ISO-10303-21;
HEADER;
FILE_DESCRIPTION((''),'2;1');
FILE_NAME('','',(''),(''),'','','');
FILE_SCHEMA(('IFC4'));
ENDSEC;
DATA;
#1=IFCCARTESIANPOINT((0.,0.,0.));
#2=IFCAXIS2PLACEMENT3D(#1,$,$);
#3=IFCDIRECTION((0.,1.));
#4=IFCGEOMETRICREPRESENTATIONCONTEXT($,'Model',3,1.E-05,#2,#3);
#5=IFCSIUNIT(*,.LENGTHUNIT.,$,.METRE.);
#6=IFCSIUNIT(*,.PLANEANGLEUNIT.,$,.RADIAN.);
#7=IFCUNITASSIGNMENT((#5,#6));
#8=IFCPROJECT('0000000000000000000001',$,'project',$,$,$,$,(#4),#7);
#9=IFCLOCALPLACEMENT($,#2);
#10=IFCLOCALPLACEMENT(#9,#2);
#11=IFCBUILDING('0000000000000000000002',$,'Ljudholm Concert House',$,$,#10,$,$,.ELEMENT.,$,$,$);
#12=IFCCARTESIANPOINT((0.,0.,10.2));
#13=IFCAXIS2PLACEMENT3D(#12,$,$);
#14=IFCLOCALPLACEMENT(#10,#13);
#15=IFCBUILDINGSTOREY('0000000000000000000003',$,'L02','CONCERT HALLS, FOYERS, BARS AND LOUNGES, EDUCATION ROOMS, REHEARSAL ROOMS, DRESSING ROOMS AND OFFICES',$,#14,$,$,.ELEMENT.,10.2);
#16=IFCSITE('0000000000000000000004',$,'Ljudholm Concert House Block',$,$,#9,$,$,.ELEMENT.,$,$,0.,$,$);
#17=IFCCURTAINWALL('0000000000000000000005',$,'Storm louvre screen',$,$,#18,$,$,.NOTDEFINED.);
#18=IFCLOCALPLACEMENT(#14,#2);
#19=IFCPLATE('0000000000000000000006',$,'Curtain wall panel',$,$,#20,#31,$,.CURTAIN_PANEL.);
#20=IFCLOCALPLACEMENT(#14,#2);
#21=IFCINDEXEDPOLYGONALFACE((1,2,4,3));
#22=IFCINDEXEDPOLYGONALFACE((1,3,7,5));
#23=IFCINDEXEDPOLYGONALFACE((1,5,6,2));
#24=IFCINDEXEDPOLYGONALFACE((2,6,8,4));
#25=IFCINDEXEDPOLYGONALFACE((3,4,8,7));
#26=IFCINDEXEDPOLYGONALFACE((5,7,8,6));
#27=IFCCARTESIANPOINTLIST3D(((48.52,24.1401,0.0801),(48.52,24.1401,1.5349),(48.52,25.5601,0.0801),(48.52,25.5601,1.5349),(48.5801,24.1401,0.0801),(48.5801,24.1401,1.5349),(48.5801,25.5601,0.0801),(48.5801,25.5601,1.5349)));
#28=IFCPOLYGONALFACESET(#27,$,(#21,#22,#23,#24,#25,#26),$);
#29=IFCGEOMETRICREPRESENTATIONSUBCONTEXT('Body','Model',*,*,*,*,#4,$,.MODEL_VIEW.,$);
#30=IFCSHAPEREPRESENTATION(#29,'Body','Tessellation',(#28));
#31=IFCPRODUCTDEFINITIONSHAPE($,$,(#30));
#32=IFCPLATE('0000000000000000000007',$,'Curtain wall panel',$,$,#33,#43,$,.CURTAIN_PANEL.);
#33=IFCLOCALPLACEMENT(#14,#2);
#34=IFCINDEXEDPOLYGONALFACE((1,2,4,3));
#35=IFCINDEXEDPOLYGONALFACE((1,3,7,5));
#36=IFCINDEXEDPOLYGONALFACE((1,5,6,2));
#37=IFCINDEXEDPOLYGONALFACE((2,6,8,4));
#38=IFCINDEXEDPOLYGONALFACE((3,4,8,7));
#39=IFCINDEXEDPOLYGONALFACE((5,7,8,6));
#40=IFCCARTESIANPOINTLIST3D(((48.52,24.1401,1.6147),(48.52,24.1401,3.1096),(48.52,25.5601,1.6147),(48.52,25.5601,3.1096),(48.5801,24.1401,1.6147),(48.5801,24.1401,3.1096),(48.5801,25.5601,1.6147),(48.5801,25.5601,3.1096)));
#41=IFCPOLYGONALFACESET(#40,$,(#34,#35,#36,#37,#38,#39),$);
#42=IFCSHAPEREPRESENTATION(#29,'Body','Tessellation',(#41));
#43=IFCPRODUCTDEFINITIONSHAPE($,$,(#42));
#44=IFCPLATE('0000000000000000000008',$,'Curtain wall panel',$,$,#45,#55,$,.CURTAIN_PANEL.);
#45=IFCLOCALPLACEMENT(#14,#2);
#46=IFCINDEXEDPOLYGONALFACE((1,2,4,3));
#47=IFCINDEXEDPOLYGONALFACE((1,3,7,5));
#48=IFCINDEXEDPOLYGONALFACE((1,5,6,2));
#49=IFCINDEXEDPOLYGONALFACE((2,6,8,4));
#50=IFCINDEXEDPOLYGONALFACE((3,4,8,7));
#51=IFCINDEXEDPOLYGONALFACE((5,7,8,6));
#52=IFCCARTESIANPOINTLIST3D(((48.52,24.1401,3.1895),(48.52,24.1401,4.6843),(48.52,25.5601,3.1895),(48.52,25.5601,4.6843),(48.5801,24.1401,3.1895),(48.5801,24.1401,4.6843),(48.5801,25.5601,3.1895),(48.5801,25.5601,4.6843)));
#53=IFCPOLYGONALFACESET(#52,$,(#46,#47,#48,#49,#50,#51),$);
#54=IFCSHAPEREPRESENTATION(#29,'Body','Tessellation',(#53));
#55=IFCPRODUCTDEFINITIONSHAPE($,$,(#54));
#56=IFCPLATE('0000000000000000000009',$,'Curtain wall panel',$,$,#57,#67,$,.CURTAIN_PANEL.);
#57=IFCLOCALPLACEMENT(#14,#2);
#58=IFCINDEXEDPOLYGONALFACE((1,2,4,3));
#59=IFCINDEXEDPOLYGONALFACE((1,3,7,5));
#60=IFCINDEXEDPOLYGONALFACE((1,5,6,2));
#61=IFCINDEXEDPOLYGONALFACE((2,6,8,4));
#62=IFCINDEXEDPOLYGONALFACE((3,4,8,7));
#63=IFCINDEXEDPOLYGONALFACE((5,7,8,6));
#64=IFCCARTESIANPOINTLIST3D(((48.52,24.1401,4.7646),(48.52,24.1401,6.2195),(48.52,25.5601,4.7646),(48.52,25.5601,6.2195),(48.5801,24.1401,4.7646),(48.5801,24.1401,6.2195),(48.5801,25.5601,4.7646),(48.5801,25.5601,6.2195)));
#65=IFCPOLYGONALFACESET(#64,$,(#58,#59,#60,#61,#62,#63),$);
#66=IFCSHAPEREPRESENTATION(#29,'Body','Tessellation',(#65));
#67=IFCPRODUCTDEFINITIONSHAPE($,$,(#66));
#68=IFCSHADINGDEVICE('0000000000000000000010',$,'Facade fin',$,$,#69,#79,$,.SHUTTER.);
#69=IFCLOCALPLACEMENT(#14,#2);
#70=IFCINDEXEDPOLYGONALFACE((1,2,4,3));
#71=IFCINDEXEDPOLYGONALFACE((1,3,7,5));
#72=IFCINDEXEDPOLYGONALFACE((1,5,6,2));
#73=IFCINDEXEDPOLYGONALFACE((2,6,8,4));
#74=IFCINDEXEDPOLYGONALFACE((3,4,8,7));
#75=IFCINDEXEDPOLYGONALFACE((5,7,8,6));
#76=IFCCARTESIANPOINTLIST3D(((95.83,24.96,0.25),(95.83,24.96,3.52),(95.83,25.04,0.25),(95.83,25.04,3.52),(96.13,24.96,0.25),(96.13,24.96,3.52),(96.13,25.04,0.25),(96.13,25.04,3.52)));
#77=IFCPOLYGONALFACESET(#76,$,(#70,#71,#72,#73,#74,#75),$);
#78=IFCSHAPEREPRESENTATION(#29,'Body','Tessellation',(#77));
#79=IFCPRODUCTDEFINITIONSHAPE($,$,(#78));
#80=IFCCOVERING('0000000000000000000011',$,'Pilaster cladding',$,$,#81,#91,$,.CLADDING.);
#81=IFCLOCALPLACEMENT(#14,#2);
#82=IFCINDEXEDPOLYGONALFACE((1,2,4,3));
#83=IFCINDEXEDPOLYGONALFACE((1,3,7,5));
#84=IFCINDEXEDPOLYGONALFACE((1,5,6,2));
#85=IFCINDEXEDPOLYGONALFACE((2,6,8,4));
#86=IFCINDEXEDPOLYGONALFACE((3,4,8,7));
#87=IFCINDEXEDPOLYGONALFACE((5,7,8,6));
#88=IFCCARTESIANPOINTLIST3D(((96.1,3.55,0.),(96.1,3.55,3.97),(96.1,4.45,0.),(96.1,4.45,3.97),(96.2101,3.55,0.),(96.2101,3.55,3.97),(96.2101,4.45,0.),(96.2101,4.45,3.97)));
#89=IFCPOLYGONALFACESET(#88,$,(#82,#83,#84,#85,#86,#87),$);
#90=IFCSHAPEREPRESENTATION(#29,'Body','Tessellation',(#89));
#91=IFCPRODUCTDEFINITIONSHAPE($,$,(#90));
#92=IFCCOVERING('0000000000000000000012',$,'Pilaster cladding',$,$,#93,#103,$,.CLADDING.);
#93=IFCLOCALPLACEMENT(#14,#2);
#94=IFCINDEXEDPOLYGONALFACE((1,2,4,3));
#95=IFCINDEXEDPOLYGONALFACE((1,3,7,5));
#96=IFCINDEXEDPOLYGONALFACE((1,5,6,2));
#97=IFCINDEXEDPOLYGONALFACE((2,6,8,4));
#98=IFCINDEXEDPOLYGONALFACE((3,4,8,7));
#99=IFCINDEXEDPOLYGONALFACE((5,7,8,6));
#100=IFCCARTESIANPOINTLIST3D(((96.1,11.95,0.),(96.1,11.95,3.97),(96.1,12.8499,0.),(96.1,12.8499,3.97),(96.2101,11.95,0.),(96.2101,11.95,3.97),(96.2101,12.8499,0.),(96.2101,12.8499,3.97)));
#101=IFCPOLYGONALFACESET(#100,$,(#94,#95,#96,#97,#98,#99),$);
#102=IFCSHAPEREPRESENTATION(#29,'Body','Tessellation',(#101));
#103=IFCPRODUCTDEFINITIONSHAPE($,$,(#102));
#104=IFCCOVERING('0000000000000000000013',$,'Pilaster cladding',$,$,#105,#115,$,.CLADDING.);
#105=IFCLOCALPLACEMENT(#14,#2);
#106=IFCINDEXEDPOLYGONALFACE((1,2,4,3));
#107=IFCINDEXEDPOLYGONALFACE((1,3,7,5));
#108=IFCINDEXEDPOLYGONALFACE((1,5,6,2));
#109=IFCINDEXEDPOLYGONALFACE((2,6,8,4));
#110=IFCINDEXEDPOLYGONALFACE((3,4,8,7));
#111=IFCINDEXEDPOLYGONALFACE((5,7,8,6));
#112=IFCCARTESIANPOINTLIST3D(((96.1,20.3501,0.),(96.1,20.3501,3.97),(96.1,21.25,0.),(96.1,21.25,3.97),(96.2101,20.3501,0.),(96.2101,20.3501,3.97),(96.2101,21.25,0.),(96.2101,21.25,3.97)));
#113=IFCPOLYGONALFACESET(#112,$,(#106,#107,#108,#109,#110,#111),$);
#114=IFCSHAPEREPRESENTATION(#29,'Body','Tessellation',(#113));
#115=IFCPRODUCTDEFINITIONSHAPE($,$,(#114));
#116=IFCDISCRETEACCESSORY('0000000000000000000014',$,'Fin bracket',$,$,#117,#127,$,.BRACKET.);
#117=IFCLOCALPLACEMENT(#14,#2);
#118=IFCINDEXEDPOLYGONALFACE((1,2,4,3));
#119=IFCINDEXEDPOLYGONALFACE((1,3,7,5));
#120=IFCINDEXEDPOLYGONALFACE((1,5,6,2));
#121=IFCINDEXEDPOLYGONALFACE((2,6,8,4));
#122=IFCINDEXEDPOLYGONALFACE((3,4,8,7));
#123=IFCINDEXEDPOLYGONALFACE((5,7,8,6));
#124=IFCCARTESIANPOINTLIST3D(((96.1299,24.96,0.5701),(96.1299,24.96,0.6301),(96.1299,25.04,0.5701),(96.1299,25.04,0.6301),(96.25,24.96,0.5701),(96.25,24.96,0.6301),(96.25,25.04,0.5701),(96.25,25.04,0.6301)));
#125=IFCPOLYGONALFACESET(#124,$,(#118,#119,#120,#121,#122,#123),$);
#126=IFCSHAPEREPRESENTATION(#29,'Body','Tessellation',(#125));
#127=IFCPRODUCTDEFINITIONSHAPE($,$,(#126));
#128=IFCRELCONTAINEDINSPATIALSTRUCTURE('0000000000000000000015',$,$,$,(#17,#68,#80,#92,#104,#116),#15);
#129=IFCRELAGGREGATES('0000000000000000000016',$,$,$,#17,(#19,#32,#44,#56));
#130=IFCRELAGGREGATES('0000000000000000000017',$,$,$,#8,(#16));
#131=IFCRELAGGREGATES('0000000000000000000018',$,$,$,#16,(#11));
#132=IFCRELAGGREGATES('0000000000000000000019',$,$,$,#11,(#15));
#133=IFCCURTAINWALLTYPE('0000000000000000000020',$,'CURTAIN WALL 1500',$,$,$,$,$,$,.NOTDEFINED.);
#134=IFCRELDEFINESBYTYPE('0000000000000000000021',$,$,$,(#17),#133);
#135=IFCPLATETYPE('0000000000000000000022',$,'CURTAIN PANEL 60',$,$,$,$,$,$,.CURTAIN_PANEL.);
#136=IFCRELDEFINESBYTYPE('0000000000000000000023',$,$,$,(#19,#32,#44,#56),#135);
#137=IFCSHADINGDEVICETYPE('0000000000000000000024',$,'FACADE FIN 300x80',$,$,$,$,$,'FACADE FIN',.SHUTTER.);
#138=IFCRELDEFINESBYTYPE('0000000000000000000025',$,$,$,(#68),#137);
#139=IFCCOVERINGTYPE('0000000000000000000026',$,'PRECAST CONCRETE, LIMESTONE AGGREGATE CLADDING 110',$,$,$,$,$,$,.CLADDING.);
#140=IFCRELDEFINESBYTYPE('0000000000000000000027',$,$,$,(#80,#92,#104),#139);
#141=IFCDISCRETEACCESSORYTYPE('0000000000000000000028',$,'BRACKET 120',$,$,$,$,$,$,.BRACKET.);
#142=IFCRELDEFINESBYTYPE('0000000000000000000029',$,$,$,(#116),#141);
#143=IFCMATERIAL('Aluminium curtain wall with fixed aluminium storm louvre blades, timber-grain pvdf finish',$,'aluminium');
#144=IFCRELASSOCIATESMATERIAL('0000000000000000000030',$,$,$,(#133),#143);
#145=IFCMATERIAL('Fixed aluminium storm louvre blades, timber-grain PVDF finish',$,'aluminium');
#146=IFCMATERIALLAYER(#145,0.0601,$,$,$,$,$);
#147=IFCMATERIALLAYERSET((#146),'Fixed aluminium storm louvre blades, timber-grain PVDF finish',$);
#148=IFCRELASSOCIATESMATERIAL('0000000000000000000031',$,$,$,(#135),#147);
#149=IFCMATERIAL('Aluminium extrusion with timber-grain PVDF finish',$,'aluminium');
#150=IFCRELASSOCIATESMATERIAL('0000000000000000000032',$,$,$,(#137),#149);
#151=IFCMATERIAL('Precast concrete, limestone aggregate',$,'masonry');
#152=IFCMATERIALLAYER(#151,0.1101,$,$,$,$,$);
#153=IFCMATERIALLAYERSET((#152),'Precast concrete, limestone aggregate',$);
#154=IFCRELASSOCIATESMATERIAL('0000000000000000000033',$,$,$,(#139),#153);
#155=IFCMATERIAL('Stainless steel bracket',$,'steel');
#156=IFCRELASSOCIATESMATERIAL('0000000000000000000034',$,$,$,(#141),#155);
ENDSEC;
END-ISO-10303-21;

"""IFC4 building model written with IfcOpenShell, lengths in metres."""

from ifc_helpers import new_model, si_unit, direction, frame, origin, origin_2d, place, context, subcontext, project, spatial, rectangle, extrude, material, layer, layer_set, type_object, element, aggregate, save


model = new_model("IFC4")

# Units and contexts
model_context = context("Model", 3, precision=1e-05, world=origin(), true_north=direction((0.0, 1.0)))
body_context = subcontext(model_context, "Body", "Model", "MODEL_VIEW")
ifc_project = project(units=[si_unit("LENGTHUNIT", "METRE"), si_unit("PLANEANGLEUNIT", "RADIAN")], contexts=[model_context])

# Site, building, storey
site_placement = place(None, origin())
site = spatial("IfcSite", under=ifc_project, at=site_placement, Name="Ljudholm Concert House Block", CompositionType="ELEMENT", RefElevation=0.0)
building_placement = place(site_placement, origin())
building = spatial("IfcBuilding", under=site, at=building_placement, Name="Ljudholm Concert House", CompositionType="ELEMENT")
storey_placement = place(building_placement, frame((0.0, 0.0, 10.2)))
storey = spatial("IfcBuildingStorey", under=building, at=storey_placement, Name="L02", Description="CONCERT HALLS, FOYERS, BARS AND LOUNGES, EDUCATION ROOMS, REHEARSAL ROOMS, DRESSING ROOMS AND OFFICES", CompositionType="ELEMENT", Elevation=10.2)

# Curtain wall
ifc_material_1 = material(Name="Aluminium curtain wall with fixed aluminium storm louvre blades, timber-grain pvdf finish", Category="aluminium")
curtain_wall_type = type_object("IfcCurtainWallType", Name="CURTAIN WALL 1500", PredefinedType="NOTDEFINED", material=ifc_material_1)
curtain_wall_placement = place(storey_placement, origin())
curtain_wall = element("IfcCurtainWall", 1, at=curtain_wall_placement, inside=storey, type_object=curtain_wall_type, Name="Storm louvre screen", PredefinedType="NOTDEFINED")

# Plates
ifc_material_2 = material(Name="Fixed aluminium storm louvre blades, timber-grain PVDF finish", Category="aluminium")
ifc_layer_1 = layer(ifc_material_2, 0.0601)
ifc_layer_set_1 = layer_set([ifc_layer_1], Name="Fixed aluminium storm louvre blades, timber-grain PVDF finish")
plate_type = type_object("IfcPlateType", Name="CURTAIN PANEL 60", PredefinedType="CURTAIN_PANEL", material=ifc_layer_set_1)
plate_1_placement = place(storey_placement, frame((48.55, 24.8501, 0.0801), z_axis=(0.0, 0.0, 1.0), x_axis=(0.0, 1.0, 0.0)))
plate_1 = element("IfcPlate", 2, at=plate_1_placement, type_object=plate_type, Name="Curtain wall panel", PredefinedType="CURTAIN_PANEL", context=body_context, shape_type="SweptSolid", body=[
    extrude(rectangle(XDim=1.4199, YDim=0.0601, at=origin_2d()), origin(), (0.0, 0.0, 1.0), 1.4548),
])
plate_2_placement = place(storey_placement, frame((48.55, 24.8501, 1.6147), z_axis=(0.0, 0.0, 1.0), x_axis=(0.0, 1.0, 0.0)))
plate_2 = element("IfcPlate", 3, at=plate_2_placement, type_object=plate_type, Name="Curtain wall panel", PredefinedType="CURTAIN_PANEL", context=body_context, shape_type="SweptSolid", body=[
    extrude(rectangle(XDim=1.4199, YDim=0.0601, at=origin_2d()), origin(), (0.0, 0.0, 1.0), 1.4949),
])
plate_3_placement = place(storey_placement, frame((48.55, 24.8501, 3.1895), z_axis=(0.0, 0.0, 1.0), x_axis=(0.0, 1.0, 0.0)))
plate_3 = element("IfcPlate", 4, at=plate_3_placement, type_object=plate_type, Name="Curtain wall panel", PredefinedType="CURTAIN_PANEL", context=body_context, shape_type="SweptSolid", body=[
    extrude(rectangle(XDim=1.4199, YDim=0.0601, at=origin_2d()), origin(), (0.0, 0.0, 1.0), 1.4949),
])
plate_4_placement = place(storey_placement, frame((48.55, 24.8501, 4.7646), z_axis=(0.0, 0.0, 1.0), x_axis=(0.0, 1.0, 0.0)))
plate_4 = element("IfcPlate", 5, at=plate_4_placement, type_object=plate_type, Name="Curtain wall panel", PredefinedType="CURTAIN_PANEL", context=body_context, shape_type="SweptSolid", body=[
    extrude(rectangle(XDim=1.4199, YDim=0.0601, at=origin_2d()), origin(), (0.0, 0.0, 1.0), 1.4548),
])
aggregate(curtain_wall, [plate_1, plate_2, plate_3, plate_4])

# Shading device
ifc_material_3 = material(Name="Aluminium extrusion with timber-grain PVDF finish", Category="aluminium")
shading_device_type = type_object("IfcShadingDeviceType", Name="FACADE FIN 300x80", ElementType="FACADE FIN", PredefinedType="SHUTTER", material=ifc_material_3)
shading_device_placement = place(storey_placement, frame((95.98, 25.0, 0.25), z_axis=(0.0, 0.0, 1.0), x_axis=(-1.0, 0.0, 0.0)))
element("IfcShadingDevice", 6, at=shading_device_placement, inside=storey, type_object=shading_device_type, Name="Facade fin", PredefinedType="SHUTTER", context=body_context, shape_type="SweptSolid", body=[
    extrude(rectangle(XDim=0.3, YDim=0.0801, at=origin_2d()), origin(), (0.0, 0.0, 1.0), 3.27),
])

# Coverings
ifc_material_4 = material(Name="Precast concrete, limestone aggregate", Category="masonry")
ifc_layer_2 = layer(ifc_material_4, 0.1101)
ifc_layer_set_2 = layer_set([ifc_layer_2], Name="Precast concrete, limestone aggregate")
covering_type = type_object("IfcCoveringType", Name="PRECAST CONCRETE, LIMESTONE AGGREGATE CLADDING 110", PredefinedType="CLADDING", material=ifc_layer_set_2)
for number, where, z_axis, x_axis, name in (
    (7, (96.155, 4.0, 0.0), (0.0, 0.0, 1.0), (-1.0, 0.0, 0.0), "Pilaster cladding"),
    (8, (96.155, 12.3999, 0.0), (0.0, 0.0, 1.0), (-1.0, 0.0, 0.0), "Pilaster cladding"),
    (9, (96.155, 20.8, 0.0), (0.0, 0.0, 1.0), (-1.0, 0.0, 0.0), "Pilaster cladding"),
):
    element("IfcCovering", number, at=place(storey_placement, frame(where, z_axis=z_axis, x_axis=x_axis)), inside=storey, type_object=covering_type, Name=name, PredefinedType="CLADDING", context=body_context, shape_type="SweptSolid", body=[
        extrude(rectangle(XDim=0.1101, YDim=0.8999, at=origin_2d()), origin(), (0.0, 0.0, 1.0), 3.97),
    ])

# Discrete accessory
ifc_material_5 = material(Name="Stainless steel bracket", Category="steel")
discrete_accessory_type = type_object("IfcDiscreteAccessoryType", Name="BRACKET 120", PredefinedType="BRACKET", material=ifc_material_5)
discrete_accessory_placement = place(storey_placement, frame((96.1899, 25.0, 0.5701), z_axis=(0.0, 0.0, 1.0), x_axis=(-1.0, 0.0, 0.0)))
element("IfcDiscreteAccessory", 10, at=discrete_accessory_placement, inside=storey, type_object=discrete_accessory_type, Name="Fin bracket", PredefinedType="BRACKET", context=body_context, shape_type="SweptSolid", body=[
    extrude(rectangle(XDim=0.1201, YDim=0.0801, at=origin_2d()), origin(), (0.0, 0.0, 1.0), 0.0601),
])

save(model, "model.ifc")
